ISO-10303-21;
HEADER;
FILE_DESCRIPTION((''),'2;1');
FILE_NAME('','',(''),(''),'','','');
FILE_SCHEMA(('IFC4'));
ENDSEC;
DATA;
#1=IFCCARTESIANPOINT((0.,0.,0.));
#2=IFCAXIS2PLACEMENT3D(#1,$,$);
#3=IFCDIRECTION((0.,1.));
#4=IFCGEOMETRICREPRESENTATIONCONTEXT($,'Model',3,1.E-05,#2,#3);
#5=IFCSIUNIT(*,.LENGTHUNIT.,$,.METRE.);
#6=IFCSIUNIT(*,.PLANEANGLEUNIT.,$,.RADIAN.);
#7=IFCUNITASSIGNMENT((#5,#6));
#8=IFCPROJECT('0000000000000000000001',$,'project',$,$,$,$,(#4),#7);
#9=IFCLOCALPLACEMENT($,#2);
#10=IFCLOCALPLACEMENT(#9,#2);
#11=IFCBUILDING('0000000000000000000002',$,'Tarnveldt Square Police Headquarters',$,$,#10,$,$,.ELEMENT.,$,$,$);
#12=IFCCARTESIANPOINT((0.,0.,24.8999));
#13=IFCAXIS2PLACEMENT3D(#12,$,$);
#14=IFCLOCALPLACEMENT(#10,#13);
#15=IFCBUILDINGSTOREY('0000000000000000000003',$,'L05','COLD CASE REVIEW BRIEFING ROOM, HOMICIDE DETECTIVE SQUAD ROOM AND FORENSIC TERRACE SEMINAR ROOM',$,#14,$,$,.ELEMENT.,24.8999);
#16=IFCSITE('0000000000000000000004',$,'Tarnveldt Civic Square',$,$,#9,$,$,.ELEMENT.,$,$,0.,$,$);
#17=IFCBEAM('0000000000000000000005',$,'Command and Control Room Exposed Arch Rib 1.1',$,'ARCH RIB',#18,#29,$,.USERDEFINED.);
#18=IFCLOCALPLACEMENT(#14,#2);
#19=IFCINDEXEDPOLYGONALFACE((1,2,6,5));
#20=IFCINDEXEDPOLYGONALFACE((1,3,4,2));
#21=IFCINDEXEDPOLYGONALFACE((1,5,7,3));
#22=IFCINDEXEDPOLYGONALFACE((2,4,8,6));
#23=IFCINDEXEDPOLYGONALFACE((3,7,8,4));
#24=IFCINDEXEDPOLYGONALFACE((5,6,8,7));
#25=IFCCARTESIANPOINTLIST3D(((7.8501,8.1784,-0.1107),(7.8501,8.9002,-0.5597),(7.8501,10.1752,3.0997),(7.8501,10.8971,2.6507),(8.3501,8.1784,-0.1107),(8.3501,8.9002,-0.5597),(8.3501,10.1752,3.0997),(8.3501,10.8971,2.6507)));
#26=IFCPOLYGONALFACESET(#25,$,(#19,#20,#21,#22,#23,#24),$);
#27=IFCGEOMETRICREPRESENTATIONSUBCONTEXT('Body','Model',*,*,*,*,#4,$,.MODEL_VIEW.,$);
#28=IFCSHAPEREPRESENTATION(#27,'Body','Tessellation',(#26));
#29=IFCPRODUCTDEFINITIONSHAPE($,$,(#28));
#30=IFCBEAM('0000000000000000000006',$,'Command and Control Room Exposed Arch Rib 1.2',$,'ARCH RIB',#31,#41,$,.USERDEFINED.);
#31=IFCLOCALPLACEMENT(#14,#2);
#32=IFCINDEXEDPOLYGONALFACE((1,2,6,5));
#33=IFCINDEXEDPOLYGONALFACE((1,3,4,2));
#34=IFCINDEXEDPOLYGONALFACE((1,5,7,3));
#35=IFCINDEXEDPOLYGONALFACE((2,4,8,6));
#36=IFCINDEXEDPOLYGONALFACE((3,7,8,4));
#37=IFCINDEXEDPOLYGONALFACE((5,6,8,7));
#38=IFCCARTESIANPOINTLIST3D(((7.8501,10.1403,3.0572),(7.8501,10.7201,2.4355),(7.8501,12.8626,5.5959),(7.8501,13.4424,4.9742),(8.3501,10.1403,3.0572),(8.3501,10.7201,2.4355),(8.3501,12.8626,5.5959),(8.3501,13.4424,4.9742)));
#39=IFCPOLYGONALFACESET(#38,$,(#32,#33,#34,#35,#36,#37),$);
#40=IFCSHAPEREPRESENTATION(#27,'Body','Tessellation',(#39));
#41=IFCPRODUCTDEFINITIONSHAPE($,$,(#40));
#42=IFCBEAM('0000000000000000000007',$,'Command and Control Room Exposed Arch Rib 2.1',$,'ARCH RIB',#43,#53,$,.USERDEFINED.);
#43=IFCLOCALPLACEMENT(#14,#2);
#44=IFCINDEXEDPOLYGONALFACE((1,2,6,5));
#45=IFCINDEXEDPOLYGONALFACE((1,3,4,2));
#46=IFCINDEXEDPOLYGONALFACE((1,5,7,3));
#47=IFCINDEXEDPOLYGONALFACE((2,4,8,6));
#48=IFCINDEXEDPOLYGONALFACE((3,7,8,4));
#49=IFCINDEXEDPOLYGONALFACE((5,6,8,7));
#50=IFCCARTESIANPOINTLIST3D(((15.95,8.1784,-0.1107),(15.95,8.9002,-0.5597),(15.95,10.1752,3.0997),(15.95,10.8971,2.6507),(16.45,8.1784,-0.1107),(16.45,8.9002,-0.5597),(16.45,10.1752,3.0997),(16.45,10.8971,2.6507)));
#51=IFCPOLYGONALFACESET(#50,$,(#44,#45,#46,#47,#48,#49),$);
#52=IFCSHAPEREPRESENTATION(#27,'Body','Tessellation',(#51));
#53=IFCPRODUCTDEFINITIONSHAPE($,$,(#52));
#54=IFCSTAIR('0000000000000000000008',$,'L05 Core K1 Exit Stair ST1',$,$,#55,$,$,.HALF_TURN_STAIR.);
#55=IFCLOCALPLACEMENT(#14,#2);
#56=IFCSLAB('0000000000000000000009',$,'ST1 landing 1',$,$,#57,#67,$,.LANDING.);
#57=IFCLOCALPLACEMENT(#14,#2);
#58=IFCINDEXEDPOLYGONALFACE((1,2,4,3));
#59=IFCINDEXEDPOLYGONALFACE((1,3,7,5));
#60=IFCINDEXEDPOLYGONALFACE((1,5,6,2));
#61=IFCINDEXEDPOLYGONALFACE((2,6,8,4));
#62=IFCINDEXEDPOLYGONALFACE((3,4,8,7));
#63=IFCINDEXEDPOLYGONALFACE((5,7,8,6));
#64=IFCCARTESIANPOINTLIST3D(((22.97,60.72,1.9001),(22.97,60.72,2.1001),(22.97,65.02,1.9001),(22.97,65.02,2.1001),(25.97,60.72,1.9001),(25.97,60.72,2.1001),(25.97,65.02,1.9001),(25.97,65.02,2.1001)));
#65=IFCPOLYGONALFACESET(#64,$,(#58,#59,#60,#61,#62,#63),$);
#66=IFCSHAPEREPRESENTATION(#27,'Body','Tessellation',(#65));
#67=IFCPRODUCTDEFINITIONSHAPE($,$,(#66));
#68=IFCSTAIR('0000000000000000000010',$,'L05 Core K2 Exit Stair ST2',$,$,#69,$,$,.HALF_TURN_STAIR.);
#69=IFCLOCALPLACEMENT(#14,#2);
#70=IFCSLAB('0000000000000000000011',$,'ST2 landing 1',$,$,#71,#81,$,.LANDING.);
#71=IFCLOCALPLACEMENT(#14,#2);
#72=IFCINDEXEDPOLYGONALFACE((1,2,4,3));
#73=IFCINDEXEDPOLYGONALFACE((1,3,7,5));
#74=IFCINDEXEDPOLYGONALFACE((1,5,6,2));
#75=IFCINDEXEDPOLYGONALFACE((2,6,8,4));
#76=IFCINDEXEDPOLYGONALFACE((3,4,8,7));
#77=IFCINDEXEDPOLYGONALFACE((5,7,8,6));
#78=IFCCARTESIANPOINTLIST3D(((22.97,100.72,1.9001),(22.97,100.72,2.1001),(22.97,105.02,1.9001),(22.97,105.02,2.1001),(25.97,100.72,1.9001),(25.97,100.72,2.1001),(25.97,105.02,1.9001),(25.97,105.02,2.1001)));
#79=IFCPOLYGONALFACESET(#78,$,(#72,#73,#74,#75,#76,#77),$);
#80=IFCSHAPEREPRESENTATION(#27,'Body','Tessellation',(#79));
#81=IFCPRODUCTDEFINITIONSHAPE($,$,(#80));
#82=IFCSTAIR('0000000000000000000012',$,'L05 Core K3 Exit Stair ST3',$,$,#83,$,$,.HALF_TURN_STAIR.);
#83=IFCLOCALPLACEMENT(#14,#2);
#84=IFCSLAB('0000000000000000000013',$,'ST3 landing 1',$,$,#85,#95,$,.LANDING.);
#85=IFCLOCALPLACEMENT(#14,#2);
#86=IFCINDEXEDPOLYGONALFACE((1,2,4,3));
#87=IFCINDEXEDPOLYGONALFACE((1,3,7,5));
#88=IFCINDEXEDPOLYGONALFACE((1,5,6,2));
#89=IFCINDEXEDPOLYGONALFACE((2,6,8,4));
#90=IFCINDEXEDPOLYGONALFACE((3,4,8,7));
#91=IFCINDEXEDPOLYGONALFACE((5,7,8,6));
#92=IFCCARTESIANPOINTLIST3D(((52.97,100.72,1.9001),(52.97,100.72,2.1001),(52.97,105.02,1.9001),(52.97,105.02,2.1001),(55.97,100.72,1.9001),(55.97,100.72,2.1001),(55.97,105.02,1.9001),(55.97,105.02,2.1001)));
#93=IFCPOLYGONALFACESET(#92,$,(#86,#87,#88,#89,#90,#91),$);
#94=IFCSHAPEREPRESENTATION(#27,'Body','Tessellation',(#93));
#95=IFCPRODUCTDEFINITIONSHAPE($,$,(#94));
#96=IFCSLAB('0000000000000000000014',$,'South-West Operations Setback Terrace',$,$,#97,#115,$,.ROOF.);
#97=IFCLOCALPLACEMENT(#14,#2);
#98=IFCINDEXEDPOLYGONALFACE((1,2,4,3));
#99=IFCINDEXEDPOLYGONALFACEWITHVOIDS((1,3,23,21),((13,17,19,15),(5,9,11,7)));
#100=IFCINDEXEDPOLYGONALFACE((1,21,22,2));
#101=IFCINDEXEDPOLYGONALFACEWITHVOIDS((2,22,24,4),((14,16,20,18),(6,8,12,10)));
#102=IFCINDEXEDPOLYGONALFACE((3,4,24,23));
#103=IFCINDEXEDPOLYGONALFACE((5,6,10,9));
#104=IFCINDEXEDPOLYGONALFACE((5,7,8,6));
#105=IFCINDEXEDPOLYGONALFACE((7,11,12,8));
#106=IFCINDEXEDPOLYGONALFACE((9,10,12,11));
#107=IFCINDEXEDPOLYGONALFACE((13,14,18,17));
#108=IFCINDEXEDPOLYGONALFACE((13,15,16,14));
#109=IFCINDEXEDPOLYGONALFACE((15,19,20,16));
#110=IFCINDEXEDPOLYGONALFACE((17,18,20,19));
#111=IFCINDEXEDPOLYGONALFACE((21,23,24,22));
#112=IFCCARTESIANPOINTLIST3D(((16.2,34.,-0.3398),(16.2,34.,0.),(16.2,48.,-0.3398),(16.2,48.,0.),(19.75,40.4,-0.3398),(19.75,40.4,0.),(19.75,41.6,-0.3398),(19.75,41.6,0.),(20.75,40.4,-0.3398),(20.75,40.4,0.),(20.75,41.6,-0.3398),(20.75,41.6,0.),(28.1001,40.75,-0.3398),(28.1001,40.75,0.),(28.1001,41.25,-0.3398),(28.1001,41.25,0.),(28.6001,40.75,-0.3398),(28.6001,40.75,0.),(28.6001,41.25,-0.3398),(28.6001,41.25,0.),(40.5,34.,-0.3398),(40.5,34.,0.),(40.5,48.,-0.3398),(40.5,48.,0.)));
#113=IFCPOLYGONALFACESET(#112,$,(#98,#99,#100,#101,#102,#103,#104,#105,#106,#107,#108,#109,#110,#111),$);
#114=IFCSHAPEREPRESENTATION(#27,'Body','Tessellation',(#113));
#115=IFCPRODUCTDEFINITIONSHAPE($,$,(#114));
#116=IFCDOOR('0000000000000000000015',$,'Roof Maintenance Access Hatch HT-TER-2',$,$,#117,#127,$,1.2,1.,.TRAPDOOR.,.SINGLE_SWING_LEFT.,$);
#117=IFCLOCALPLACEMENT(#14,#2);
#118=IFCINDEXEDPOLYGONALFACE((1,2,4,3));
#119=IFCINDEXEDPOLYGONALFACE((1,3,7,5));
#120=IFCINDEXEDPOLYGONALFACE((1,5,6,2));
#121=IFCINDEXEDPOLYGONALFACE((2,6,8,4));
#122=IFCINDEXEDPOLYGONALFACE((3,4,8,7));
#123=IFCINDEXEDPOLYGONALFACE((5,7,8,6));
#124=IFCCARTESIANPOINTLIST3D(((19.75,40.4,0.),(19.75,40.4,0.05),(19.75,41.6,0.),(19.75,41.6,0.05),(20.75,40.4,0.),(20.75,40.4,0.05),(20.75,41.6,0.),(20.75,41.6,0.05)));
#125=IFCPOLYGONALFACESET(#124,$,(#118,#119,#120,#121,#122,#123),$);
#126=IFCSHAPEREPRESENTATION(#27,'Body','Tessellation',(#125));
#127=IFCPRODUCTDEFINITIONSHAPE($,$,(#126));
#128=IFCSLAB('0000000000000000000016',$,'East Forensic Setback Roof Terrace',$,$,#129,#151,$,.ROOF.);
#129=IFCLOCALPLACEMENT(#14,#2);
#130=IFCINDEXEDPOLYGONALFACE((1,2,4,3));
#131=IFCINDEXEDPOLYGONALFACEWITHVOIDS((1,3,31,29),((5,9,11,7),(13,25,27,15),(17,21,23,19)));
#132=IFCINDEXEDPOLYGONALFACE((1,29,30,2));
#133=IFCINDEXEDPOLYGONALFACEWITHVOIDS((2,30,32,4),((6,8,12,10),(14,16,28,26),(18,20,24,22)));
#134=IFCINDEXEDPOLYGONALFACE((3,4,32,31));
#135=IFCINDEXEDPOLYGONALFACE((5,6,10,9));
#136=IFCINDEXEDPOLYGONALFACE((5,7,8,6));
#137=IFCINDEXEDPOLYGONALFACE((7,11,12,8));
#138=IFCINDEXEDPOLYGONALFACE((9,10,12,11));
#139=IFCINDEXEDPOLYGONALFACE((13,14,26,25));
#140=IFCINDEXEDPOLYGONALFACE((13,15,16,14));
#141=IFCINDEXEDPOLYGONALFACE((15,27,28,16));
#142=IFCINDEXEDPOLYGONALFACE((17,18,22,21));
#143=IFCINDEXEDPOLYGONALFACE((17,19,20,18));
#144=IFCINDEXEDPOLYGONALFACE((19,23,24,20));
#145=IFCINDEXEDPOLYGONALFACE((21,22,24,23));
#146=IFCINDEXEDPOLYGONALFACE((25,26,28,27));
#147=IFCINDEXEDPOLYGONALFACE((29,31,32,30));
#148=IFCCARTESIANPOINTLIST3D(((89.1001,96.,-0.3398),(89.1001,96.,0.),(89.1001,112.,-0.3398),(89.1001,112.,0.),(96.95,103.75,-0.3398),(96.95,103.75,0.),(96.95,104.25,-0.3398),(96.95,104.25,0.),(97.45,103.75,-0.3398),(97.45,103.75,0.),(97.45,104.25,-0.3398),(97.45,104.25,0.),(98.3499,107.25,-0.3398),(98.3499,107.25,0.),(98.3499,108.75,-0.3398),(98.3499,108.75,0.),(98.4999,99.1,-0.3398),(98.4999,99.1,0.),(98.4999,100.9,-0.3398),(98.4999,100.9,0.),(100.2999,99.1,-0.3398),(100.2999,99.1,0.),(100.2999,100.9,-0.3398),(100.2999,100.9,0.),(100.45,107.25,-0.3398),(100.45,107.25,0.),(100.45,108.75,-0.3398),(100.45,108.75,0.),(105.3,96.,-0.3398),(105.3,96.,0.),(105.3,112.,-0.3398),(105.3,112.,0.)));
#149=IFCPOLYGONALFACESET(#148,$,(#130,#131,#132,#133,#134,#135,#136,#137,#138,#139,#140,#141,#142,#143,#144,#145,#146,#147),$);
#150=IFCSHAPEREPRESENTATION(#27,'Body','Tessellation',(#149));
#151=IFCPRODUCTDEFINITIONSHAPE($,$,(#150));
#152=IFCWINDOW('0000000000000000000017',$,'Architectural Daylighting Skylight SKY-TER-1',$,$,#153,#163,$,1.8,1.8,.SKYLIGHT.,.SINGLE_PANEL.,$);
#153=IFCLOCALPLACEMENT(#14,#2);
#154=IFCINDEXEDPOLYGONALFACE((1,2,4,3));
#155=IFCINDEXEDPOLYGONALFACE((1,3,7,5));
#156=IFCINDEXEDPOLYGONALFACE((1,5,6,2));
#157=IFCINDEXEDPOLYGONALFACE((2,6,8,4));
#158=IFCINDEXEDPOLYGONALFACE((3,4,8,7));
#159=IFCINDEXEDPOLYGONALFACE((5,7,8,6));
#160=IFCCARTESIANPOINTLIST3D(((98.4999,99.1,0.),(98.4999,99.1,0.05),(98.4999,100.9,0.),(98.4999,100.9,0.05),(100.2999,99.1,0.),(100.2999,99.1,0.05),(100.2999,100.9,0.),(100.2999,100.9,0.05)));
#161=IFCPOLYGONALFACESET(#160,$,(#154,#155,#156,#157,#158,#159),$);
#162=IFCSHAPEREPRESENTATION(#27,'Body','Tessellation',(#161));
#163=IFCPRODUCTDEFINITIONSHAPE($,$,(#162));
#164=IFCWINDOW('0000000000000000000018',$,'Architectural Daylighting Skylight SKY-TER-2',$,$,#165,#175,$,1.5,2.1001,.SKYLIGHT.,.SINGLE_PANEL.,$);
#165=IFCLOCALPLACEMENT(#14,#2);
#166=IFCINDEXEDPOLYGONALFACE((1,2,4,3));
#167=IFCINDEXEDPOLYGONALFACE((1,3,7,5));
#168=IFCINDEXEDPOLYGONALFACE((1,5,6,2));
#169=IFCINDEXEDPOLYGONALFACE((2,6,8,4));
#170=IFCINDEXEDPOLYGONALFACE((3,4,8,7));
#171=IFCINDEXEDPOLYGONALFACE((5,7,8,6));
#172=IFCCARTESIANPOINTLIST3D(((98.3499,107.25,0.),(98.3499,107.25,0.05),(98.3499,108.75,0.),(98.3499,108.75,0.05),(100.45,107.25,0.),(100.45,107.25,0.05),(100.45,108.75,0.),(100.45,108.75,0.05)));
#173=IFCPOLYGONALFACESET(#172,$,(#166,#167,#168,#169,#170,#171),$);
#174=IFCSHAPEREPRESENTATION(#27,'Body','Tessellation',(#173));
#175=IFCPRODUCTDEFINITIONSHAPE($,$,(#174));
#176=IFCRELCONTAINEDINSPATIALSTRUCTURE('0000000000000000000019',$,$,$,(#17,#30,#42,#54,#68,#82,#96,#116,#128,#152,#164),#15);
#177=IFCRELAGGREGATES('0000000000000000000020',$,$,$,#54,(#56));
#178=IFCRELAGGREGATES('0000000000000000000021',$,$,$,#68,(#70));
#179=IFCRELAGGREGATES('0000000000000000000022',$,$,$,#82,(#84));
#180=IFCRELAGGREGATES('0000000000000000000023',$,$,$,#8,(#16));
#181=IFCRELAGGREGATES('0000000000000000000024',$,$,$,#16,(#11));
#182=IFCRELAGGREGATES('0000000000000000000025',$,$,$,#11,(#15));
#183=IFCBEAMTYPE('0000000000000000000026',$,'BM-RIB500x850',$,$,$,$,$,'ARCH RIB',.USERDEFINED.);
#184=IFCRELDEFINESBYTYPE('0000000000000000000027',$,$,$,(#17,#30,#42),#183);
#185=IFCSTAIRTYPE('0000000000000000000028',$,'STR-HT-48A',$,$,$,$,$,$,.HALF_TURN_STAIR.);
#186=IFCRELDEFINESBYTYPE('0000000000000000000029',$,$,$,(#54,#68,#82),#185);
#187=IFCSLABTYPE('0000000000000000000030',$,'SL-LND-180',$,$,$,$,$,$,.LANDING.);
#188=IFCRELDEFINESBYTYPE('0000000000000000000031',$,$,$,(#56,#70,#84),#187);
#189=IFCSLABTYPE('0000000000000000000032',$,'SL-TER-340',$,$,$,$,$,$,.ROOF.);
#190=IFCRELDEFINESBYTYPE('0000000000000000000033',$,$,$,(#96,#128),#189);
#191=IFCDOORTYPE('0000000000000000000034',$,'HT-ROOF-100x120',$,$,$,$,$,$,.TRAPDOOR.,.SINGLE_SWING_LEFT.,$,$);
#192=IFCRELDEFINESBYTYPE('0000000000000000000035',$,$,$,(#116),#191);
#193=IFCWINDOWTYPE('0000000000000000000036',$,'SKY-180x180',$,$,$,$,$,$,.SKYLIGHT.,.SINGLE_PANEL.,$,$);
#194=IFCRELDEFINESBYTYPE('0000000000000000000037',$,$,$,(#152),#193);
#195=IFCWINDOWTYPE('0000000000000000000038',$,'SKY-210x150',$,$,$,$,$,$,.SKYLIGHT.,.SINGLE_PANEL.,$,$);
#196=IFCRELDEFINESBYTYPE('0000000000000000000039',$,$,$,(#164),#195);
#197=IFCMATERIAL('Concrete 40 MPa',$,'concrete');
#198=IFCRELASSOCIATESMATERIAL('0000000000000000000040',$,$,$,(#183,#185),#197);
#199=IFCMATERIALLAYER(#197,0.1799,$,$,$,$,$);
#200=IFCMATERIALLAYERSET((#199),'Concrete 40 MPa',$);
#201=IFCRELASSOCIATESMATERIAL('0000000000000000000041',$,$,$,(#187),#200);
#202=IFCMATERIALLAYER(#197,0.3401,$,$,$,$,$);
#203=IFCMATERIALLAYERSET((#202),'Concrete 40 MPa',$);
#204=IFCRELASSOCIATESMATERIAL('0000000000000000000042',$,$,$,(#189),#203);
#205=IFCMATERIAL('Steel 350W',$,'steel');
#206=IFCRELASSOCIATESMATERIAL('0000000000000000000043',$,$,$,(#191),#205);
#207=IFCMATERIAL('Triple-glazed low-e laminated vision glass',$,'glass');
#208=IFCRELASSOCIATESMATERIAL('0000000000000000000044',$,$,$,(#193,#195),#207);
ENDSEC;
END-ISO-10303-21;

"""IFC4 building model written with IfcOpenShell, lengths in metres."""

from ifc_helpers import new_model, si_unit, direction, frame, origin, origin_2d, place, context, subcontext, project, spatial, polyline, rectangle, outline, extrude, material, layer, layer_set, material_profile, profile_set, type_object, element, fill, aggregate, save


model = new_model("IFC4")

# Units and contexts
model_context = context("Model", 3, precision=1e-05, world=origin(), true_north=direction((0.0, 1.0)))
body_context = subcontext(model_context, "Body", "Model", "MODEL_VIEW")
ifc_project = project(units=[si_unit("LENGTHUNIT", "METRE"), si_unit("PLANEANGLEUNIT", "RADIAN")], contexts=[model_context])

# Site, building, storey
site_placement = place(None, origin())
site = spatial("IfcSite", under=ifc_project, at=site_placement, Name="Tarnveldt Civic Square", CompositionType="ELEMENT", RefElevation=0.0)
building_placement = place(site_placement, origin())
building = spatial("IfcBuilding", under=site, at=building_placement, Name="Tarnveldt Square Police Headquarters", CompositionType="ELEMENT")
storey_placement = place(building_placement, frame((0.0, 0.0, 24.8999)))
storey = spatial("IfcBuildingStorey", under=building, at=storey_placement, Name="L05", Description="COLD CASE REVIEW BRIEFING ROOM, HOMICIDE DETECTIVE SQUAD ROOM AND FORENSIC TERRACE SEMINAR ROOM", CompositionType="ELEMENT", Elevation=24.8999)

# Beams
ifc_material_1 = material(Name="Concrete 40 MPa", Category="concrete")
ifc_material_profile = material_profile(ifc_material_1, rectangle(XDim=0.5, YDim=0.8501, at=origin_2d()), Name="RC-RIB500x850")
ifc_profile_set = profile_set([ifc_material_profile], Name="Concrete 40 MPa")
beam_type = type_object("IfcBeamType", Name="BM-RIB500x850", ElementType="ARCH RIB", PredefinedType="USERDEFINED", material=ifc_profile_set)
beam_1_placement = place(storey_placement, frame((8.1001, 8.5393, -0.3352), z_axis=(0.0, 0.528152, 0.84915), x_axis=(-1.0, 0.0, 0.0)))
element("IfcBeam", 1, at=beam_1_placement, inside=storey, type_object=beam_type, Name="Command and Control Room Exposed Arch Rib 1.1", ObjectType="ARCH RIB", PredefinedType="USERDEFINED", context=body_context, shape_type="SweptSolid", body=[
    extrude(rectangle(XDim=0.5, YDim=0.8501, at=origin_2d()), origin(), (0.0, 0.0, 1.0), 3.7808),
])
beam_2_placement = place(storey_placement, frame((8.1001, 10.4302, 2.7463), z_axis=(0.0, 0.731337, 0.682017), x_axis=(-1.0, 0.0, 0.0)))
element("IfcBeam", 2, at=beam_2_placement, inside=storey, type_object=beam_type, Name="Command and Control Room Exposed Arch Rib 1.2", ObjectType="ARCH RIB", PredefinedType="USERDEFINED", context=body_context, shape_type="SweptSolid", body=[
    extrude(rectangle(XDim=0.5, YDim=0.8501, at=origin_2d()), origin(), (0.0, 0.0, 1.0), 3.7224),
])
beam_3_placement = place(storey_placement, frame((16.2, 8.5393, -0.3352), z_axis=(0.0, 0.528152, 0.84915), x_axis=(-1.0, 0.0, 0.0)))
element("IfcBeam", 3, at=beam_3_placement, inside=storey, type_object=beam_type, Name="Command and Control Room Exposed Arch Rib 2.1", ObjectType="ARCH RIB", PredefinedType="USERDEFINED", context=body_context, shape_type="SweptSolid", body=[
    extrude(rectangle(XDim=0.5, YDim=0.8501, at=origin_2d()), origin(), (0.0, 0.0, 1.0), 3.7808),
])

# Stairs, slabs
stair_type = type_object("IfcStairType", Name="STR-HT-48A", PredefinedType="HALF_TURN_STAIR", material=ifc_material_1)
stair_1_placement = place(storey_placement, origin())
stair_1 = element("IfcStair", 4, at=stair_1_placement, inside=storey, type_object=stair_type, Name="L05 Core K1 Exit Stair ST1", PredefinedType="HALF_TURN_STAIR")
ifc_layer_1 = layer(ifc_material_1, 0.1799)
ifc_layer_set_1 = layer_set([ifc_layer_1], Name="Concrete 40 MPa")
slab_type_1 = type_object("IfcSlabType", Name="SL-LND-180", PredefinedType="LANDING", material=ifc_layer_set_1)
slab_1_placement = place(storey_placement, frame((0.0, 0.0, 1.9001)))
slab_1 = element("IfcSlab", 5, at=slab_1_placement, type_object=slab_type_1, Name="ST1 landing 1", PredefinedType="LANDING", context=body_context, shape_type="SweptSolid", body=[
    extrude(outline(polyline([(22.97, 60.72), (25.97, 60.72), (25.97, 65.02), (22.97, 65.02), (22.97, 60.72)])), origin(), (0.0, 0.0, 1.0), 0.2),
])
aggregate(stair_1, [slab_1])
stair_2_placement = place(storey_placement, origin())
stair_2 = element("IfcStair", 6, at=stair_2_placement, inside=storey, type_object=stair_type, Name="L05 Core K2 Exit Stair ST2", PredefinedType="HALF_TURN_STAIR")
slab_2_placement = place(storey_placement, frame((0.0, 0.0, 1.9001)))
slab_2 = element("IfcSlab", 7, at=slab_2_placement, type_object=slab_type_1, Name="ST2 landing 1", PredefinedType="LANDING", context=body_context, shape_type="SweptSolid", body=[
    extrude(outline(polyline([(22.97, 100.72), (25.97, 100.72), (25.97, 105.02), (22.97, 105.02), (22.97, 100.72)])), origin(), (0.0, 0.0, 1.0), 0.2),
])
aggregate(stair_2, [slab_2])
stair_3_placement = place(storey_placement, origin())
stair_3 = element("IfcStair", 8, at=stair_3_placement, inside=storey, type_object=stair_type, Name="L05 Core K3 Exit Stair ST3", PredefinedType="HALF_TURN_STAIR")
slab_3_placement = place(storey_placement, frame((0.0, 0.0, 1.9001)))
slab_3 = element("IfcSlab", 9, at=slab_3_placement, type_object=slab_type_1, Name="ST3 landing 1", PredefinedType="LANDING", context=body_context, shape_type="SweptSolid", body=[
    extrude(outline(polyline([(52.97, 100.72), (55.97, 100.72), (55.97, 105.02), (52.97, 105.02), (52.97, 100.72)])), origin(), (0.0, 0.0, 1.0), 0.2),
])
aggregate(stair_3, [slab_3])

# Slab, opening, door
ifc_layer_2 = layer(ifc_material_1, 0.3401)
ifc_layer_set_2 = layer_set([ifc_layer_2], Name="Concrete 40 MPa")
slab_type_2 = type_object("IfcSlabType", Name="SL-TER-340", PredefinedType="ROOF", material=ifc_layer_set_2)
slab_4_placement = place(storey_placement, frame((0.0, 0.0, -0.3398)))
slab_4 = element("IfcSlab", 10, at=slab_4_placement, inside=storey, type_object=slab_type_2, Name="South-West Operations Setback Terrace", PredefinedType="ROOF", context=body_context, shape_type="SweptSolid", body=[
    extrude(outline(polyline([(16.2, 34.0), (16.2, 48.0), (40.5, 48.0), (40.5, 34.0), (16.2, 34.0)]), holes=[polyline([(28.6001, 41.25), (28.1001, 41.25), (28.1001, 40.75), (28.6001, 40.75), (28.6001, 41.25)])]), origin(), (0.0, 0.0, 1.0), 0.3398),
])
opening_1_placement = place(slab_4_placement, frame((20.25, 41.0, 0.0)))
opening_1 = element("IfcOpeningElement", 11, at=opening_1_placement, cuts=slab_4, PredefinedType="OPENING", context=body_context, shape_type="SweptSolid", body=[
    extrude(rectangle(XDim=1.0, YDim=1.2, at=origin_2d()), frame((0.0, 0.0, -0.01)), (0.0, 0.0, 1.0), 0.4199),
])
ifc_material_2 = material(Name="Steel 350W", Category="steel")
door_type = type_object("IfcDoorType", Name="HT-ROOF-100x120", OperationType="SINGLE_SWING_LEFT", PredefinedType="TRAPDOOR", material=ifc_material_2)
door_placement = place(opening_1_placement, frame((0.0, 0.0, 0.3398)))
door = element("IfcDoor", 12, at=door_placement, inside=storey, type_object=door_type, Name="Roof Maintenance Access Hatch HT-TER-2", OperationType="SINGLE_SWING_LEFT", OverallHeight=1.2, OverallWidth=1.0, PredefinedType="TRAPDOOR", context=body_context, shape_type="SweptSolid", body=[
    extrude(rectangle(XDim=1.0, YDim=1.2, at=origin_2d()), origin(), (0.0, 0.0, 1.0), 0.05),
])
fill(opening_1, door)

# Slab, openings, windows
slab_5_placement = place(storey_placement, frame((0.0, 0.0, -0.3398)))
slab_5 = element("IfcSlab", 13, at=slab_5_placement, inside=storey, type_object=slab_type_2, Name="East Forensic Setback Roof Terrace", PredefinedType="ROOF", context=body_context, shape_type="SweptSolid", body=[
    extrude(outline(polyline([(105.3, 96.0), (89.1001, 96.0), (89.1001, 112.0), (105.3, 112.0), (105.3, 96.0)]), holes=[polyline([(97.45, 104.25), (96.95, 104.25), (96.95, 103.75), (97.45, 103.75), (97.45, 104.25)])]), origin(), (0.0, 0.0, 1.0), 0.3398),
])
opening_2_placement = place(slab_5_placement, frame((99.3999, 100.0, 0.0)))
opening_2 = element("IfcOpeningElement", 14, at=opening_2_placement, cuts=slab_5, PredefinedType="OPENING", context=body_context, shape_type="SweptSolid", body=[
    extrude(rectangle(XDim=1.8, YDim=1.8, at=origin_2d()), frame((0.0, 0.0, -0.01)), (0.0, 0.0, 1.0), 0.4199),
])
opening_3_placement = place(slab_5_placement, frame((99.3999, 108.0, 0.0)))
opening_3 = element("IfcOpeningElement", 15, at=opening_3_placement, cuts=slab_5, PredefinedType="OPENING", context=body_context, shape_type="SweptSolid", body=[
    extrude(rectangle(XDim=2.1001, YDim=1.5, at=origin_2d()), frame((0.0, 0.0, -0.01)), (0.0, 0.0, 1.0), 0.4199),
])
ifc_material_3 = material(Name="Triple-glazed low-e laminated vision glass", Category="glass")
window_type_1 = type_object("IfcWindowType", Name="SKY-180x180", PartitioningType="SINGLE_PANEL", PredefinedType="SKYLIGHT", material=ifc_material_3)
window_1_placement = place(opening_2_placement, frame((0.0, 0.0, 0.3398)))
window_1 = element("IfcWindow", 16, at=window_1_placement, inside=storey, type_object=window_type_1, Name="Architectural Daylighting Skylight SKY-TER-1", OverallHeight=1.8, OverallWidth=1.8, PartitioningType="SINGLE_PANEL", PredefinedType="SKYLIGHT", context=body_context, shape_type="SweptSolid", body=[
    extrude(rectangle(XDim=1.8, YDim=1.8, at=origin_2d()), origin(), (0.0, 0.0, 1.0), 0.05),
])
fill(opening_2, window_1)
window_type_2 = type_object("IfcWindowType", Name="SKY-210x150", PartitioningType="SINGLE_PANEL", PredefinedType="SKYLIGHT", material=ifc_material_3)
window_2_placement = place(opening_3_placement, frame((0.0, 0.0, 0.3398)))
window_2 = element("IfcWindow", 17, at=window_2_placement, inside=storey, type_object=window_type_2, Name="Architectural Daylighting Skylight SKY-TER-2", OverallHeight=1.5, OverallWidth=2.1001, PartitioningType="SINGLE_PANEL", PredefinedType="SKYLIGHT", context=body_context, shape_type="SweptSolid", body=[
    extrude(rectangle(XDim=2.1001, YDim=1.5, at=origin_2d()), origin(), (0.0, 0.0, 1.0), 0.05),
])
fill(opening_3, window_2)

save(model, "model.ifc")
